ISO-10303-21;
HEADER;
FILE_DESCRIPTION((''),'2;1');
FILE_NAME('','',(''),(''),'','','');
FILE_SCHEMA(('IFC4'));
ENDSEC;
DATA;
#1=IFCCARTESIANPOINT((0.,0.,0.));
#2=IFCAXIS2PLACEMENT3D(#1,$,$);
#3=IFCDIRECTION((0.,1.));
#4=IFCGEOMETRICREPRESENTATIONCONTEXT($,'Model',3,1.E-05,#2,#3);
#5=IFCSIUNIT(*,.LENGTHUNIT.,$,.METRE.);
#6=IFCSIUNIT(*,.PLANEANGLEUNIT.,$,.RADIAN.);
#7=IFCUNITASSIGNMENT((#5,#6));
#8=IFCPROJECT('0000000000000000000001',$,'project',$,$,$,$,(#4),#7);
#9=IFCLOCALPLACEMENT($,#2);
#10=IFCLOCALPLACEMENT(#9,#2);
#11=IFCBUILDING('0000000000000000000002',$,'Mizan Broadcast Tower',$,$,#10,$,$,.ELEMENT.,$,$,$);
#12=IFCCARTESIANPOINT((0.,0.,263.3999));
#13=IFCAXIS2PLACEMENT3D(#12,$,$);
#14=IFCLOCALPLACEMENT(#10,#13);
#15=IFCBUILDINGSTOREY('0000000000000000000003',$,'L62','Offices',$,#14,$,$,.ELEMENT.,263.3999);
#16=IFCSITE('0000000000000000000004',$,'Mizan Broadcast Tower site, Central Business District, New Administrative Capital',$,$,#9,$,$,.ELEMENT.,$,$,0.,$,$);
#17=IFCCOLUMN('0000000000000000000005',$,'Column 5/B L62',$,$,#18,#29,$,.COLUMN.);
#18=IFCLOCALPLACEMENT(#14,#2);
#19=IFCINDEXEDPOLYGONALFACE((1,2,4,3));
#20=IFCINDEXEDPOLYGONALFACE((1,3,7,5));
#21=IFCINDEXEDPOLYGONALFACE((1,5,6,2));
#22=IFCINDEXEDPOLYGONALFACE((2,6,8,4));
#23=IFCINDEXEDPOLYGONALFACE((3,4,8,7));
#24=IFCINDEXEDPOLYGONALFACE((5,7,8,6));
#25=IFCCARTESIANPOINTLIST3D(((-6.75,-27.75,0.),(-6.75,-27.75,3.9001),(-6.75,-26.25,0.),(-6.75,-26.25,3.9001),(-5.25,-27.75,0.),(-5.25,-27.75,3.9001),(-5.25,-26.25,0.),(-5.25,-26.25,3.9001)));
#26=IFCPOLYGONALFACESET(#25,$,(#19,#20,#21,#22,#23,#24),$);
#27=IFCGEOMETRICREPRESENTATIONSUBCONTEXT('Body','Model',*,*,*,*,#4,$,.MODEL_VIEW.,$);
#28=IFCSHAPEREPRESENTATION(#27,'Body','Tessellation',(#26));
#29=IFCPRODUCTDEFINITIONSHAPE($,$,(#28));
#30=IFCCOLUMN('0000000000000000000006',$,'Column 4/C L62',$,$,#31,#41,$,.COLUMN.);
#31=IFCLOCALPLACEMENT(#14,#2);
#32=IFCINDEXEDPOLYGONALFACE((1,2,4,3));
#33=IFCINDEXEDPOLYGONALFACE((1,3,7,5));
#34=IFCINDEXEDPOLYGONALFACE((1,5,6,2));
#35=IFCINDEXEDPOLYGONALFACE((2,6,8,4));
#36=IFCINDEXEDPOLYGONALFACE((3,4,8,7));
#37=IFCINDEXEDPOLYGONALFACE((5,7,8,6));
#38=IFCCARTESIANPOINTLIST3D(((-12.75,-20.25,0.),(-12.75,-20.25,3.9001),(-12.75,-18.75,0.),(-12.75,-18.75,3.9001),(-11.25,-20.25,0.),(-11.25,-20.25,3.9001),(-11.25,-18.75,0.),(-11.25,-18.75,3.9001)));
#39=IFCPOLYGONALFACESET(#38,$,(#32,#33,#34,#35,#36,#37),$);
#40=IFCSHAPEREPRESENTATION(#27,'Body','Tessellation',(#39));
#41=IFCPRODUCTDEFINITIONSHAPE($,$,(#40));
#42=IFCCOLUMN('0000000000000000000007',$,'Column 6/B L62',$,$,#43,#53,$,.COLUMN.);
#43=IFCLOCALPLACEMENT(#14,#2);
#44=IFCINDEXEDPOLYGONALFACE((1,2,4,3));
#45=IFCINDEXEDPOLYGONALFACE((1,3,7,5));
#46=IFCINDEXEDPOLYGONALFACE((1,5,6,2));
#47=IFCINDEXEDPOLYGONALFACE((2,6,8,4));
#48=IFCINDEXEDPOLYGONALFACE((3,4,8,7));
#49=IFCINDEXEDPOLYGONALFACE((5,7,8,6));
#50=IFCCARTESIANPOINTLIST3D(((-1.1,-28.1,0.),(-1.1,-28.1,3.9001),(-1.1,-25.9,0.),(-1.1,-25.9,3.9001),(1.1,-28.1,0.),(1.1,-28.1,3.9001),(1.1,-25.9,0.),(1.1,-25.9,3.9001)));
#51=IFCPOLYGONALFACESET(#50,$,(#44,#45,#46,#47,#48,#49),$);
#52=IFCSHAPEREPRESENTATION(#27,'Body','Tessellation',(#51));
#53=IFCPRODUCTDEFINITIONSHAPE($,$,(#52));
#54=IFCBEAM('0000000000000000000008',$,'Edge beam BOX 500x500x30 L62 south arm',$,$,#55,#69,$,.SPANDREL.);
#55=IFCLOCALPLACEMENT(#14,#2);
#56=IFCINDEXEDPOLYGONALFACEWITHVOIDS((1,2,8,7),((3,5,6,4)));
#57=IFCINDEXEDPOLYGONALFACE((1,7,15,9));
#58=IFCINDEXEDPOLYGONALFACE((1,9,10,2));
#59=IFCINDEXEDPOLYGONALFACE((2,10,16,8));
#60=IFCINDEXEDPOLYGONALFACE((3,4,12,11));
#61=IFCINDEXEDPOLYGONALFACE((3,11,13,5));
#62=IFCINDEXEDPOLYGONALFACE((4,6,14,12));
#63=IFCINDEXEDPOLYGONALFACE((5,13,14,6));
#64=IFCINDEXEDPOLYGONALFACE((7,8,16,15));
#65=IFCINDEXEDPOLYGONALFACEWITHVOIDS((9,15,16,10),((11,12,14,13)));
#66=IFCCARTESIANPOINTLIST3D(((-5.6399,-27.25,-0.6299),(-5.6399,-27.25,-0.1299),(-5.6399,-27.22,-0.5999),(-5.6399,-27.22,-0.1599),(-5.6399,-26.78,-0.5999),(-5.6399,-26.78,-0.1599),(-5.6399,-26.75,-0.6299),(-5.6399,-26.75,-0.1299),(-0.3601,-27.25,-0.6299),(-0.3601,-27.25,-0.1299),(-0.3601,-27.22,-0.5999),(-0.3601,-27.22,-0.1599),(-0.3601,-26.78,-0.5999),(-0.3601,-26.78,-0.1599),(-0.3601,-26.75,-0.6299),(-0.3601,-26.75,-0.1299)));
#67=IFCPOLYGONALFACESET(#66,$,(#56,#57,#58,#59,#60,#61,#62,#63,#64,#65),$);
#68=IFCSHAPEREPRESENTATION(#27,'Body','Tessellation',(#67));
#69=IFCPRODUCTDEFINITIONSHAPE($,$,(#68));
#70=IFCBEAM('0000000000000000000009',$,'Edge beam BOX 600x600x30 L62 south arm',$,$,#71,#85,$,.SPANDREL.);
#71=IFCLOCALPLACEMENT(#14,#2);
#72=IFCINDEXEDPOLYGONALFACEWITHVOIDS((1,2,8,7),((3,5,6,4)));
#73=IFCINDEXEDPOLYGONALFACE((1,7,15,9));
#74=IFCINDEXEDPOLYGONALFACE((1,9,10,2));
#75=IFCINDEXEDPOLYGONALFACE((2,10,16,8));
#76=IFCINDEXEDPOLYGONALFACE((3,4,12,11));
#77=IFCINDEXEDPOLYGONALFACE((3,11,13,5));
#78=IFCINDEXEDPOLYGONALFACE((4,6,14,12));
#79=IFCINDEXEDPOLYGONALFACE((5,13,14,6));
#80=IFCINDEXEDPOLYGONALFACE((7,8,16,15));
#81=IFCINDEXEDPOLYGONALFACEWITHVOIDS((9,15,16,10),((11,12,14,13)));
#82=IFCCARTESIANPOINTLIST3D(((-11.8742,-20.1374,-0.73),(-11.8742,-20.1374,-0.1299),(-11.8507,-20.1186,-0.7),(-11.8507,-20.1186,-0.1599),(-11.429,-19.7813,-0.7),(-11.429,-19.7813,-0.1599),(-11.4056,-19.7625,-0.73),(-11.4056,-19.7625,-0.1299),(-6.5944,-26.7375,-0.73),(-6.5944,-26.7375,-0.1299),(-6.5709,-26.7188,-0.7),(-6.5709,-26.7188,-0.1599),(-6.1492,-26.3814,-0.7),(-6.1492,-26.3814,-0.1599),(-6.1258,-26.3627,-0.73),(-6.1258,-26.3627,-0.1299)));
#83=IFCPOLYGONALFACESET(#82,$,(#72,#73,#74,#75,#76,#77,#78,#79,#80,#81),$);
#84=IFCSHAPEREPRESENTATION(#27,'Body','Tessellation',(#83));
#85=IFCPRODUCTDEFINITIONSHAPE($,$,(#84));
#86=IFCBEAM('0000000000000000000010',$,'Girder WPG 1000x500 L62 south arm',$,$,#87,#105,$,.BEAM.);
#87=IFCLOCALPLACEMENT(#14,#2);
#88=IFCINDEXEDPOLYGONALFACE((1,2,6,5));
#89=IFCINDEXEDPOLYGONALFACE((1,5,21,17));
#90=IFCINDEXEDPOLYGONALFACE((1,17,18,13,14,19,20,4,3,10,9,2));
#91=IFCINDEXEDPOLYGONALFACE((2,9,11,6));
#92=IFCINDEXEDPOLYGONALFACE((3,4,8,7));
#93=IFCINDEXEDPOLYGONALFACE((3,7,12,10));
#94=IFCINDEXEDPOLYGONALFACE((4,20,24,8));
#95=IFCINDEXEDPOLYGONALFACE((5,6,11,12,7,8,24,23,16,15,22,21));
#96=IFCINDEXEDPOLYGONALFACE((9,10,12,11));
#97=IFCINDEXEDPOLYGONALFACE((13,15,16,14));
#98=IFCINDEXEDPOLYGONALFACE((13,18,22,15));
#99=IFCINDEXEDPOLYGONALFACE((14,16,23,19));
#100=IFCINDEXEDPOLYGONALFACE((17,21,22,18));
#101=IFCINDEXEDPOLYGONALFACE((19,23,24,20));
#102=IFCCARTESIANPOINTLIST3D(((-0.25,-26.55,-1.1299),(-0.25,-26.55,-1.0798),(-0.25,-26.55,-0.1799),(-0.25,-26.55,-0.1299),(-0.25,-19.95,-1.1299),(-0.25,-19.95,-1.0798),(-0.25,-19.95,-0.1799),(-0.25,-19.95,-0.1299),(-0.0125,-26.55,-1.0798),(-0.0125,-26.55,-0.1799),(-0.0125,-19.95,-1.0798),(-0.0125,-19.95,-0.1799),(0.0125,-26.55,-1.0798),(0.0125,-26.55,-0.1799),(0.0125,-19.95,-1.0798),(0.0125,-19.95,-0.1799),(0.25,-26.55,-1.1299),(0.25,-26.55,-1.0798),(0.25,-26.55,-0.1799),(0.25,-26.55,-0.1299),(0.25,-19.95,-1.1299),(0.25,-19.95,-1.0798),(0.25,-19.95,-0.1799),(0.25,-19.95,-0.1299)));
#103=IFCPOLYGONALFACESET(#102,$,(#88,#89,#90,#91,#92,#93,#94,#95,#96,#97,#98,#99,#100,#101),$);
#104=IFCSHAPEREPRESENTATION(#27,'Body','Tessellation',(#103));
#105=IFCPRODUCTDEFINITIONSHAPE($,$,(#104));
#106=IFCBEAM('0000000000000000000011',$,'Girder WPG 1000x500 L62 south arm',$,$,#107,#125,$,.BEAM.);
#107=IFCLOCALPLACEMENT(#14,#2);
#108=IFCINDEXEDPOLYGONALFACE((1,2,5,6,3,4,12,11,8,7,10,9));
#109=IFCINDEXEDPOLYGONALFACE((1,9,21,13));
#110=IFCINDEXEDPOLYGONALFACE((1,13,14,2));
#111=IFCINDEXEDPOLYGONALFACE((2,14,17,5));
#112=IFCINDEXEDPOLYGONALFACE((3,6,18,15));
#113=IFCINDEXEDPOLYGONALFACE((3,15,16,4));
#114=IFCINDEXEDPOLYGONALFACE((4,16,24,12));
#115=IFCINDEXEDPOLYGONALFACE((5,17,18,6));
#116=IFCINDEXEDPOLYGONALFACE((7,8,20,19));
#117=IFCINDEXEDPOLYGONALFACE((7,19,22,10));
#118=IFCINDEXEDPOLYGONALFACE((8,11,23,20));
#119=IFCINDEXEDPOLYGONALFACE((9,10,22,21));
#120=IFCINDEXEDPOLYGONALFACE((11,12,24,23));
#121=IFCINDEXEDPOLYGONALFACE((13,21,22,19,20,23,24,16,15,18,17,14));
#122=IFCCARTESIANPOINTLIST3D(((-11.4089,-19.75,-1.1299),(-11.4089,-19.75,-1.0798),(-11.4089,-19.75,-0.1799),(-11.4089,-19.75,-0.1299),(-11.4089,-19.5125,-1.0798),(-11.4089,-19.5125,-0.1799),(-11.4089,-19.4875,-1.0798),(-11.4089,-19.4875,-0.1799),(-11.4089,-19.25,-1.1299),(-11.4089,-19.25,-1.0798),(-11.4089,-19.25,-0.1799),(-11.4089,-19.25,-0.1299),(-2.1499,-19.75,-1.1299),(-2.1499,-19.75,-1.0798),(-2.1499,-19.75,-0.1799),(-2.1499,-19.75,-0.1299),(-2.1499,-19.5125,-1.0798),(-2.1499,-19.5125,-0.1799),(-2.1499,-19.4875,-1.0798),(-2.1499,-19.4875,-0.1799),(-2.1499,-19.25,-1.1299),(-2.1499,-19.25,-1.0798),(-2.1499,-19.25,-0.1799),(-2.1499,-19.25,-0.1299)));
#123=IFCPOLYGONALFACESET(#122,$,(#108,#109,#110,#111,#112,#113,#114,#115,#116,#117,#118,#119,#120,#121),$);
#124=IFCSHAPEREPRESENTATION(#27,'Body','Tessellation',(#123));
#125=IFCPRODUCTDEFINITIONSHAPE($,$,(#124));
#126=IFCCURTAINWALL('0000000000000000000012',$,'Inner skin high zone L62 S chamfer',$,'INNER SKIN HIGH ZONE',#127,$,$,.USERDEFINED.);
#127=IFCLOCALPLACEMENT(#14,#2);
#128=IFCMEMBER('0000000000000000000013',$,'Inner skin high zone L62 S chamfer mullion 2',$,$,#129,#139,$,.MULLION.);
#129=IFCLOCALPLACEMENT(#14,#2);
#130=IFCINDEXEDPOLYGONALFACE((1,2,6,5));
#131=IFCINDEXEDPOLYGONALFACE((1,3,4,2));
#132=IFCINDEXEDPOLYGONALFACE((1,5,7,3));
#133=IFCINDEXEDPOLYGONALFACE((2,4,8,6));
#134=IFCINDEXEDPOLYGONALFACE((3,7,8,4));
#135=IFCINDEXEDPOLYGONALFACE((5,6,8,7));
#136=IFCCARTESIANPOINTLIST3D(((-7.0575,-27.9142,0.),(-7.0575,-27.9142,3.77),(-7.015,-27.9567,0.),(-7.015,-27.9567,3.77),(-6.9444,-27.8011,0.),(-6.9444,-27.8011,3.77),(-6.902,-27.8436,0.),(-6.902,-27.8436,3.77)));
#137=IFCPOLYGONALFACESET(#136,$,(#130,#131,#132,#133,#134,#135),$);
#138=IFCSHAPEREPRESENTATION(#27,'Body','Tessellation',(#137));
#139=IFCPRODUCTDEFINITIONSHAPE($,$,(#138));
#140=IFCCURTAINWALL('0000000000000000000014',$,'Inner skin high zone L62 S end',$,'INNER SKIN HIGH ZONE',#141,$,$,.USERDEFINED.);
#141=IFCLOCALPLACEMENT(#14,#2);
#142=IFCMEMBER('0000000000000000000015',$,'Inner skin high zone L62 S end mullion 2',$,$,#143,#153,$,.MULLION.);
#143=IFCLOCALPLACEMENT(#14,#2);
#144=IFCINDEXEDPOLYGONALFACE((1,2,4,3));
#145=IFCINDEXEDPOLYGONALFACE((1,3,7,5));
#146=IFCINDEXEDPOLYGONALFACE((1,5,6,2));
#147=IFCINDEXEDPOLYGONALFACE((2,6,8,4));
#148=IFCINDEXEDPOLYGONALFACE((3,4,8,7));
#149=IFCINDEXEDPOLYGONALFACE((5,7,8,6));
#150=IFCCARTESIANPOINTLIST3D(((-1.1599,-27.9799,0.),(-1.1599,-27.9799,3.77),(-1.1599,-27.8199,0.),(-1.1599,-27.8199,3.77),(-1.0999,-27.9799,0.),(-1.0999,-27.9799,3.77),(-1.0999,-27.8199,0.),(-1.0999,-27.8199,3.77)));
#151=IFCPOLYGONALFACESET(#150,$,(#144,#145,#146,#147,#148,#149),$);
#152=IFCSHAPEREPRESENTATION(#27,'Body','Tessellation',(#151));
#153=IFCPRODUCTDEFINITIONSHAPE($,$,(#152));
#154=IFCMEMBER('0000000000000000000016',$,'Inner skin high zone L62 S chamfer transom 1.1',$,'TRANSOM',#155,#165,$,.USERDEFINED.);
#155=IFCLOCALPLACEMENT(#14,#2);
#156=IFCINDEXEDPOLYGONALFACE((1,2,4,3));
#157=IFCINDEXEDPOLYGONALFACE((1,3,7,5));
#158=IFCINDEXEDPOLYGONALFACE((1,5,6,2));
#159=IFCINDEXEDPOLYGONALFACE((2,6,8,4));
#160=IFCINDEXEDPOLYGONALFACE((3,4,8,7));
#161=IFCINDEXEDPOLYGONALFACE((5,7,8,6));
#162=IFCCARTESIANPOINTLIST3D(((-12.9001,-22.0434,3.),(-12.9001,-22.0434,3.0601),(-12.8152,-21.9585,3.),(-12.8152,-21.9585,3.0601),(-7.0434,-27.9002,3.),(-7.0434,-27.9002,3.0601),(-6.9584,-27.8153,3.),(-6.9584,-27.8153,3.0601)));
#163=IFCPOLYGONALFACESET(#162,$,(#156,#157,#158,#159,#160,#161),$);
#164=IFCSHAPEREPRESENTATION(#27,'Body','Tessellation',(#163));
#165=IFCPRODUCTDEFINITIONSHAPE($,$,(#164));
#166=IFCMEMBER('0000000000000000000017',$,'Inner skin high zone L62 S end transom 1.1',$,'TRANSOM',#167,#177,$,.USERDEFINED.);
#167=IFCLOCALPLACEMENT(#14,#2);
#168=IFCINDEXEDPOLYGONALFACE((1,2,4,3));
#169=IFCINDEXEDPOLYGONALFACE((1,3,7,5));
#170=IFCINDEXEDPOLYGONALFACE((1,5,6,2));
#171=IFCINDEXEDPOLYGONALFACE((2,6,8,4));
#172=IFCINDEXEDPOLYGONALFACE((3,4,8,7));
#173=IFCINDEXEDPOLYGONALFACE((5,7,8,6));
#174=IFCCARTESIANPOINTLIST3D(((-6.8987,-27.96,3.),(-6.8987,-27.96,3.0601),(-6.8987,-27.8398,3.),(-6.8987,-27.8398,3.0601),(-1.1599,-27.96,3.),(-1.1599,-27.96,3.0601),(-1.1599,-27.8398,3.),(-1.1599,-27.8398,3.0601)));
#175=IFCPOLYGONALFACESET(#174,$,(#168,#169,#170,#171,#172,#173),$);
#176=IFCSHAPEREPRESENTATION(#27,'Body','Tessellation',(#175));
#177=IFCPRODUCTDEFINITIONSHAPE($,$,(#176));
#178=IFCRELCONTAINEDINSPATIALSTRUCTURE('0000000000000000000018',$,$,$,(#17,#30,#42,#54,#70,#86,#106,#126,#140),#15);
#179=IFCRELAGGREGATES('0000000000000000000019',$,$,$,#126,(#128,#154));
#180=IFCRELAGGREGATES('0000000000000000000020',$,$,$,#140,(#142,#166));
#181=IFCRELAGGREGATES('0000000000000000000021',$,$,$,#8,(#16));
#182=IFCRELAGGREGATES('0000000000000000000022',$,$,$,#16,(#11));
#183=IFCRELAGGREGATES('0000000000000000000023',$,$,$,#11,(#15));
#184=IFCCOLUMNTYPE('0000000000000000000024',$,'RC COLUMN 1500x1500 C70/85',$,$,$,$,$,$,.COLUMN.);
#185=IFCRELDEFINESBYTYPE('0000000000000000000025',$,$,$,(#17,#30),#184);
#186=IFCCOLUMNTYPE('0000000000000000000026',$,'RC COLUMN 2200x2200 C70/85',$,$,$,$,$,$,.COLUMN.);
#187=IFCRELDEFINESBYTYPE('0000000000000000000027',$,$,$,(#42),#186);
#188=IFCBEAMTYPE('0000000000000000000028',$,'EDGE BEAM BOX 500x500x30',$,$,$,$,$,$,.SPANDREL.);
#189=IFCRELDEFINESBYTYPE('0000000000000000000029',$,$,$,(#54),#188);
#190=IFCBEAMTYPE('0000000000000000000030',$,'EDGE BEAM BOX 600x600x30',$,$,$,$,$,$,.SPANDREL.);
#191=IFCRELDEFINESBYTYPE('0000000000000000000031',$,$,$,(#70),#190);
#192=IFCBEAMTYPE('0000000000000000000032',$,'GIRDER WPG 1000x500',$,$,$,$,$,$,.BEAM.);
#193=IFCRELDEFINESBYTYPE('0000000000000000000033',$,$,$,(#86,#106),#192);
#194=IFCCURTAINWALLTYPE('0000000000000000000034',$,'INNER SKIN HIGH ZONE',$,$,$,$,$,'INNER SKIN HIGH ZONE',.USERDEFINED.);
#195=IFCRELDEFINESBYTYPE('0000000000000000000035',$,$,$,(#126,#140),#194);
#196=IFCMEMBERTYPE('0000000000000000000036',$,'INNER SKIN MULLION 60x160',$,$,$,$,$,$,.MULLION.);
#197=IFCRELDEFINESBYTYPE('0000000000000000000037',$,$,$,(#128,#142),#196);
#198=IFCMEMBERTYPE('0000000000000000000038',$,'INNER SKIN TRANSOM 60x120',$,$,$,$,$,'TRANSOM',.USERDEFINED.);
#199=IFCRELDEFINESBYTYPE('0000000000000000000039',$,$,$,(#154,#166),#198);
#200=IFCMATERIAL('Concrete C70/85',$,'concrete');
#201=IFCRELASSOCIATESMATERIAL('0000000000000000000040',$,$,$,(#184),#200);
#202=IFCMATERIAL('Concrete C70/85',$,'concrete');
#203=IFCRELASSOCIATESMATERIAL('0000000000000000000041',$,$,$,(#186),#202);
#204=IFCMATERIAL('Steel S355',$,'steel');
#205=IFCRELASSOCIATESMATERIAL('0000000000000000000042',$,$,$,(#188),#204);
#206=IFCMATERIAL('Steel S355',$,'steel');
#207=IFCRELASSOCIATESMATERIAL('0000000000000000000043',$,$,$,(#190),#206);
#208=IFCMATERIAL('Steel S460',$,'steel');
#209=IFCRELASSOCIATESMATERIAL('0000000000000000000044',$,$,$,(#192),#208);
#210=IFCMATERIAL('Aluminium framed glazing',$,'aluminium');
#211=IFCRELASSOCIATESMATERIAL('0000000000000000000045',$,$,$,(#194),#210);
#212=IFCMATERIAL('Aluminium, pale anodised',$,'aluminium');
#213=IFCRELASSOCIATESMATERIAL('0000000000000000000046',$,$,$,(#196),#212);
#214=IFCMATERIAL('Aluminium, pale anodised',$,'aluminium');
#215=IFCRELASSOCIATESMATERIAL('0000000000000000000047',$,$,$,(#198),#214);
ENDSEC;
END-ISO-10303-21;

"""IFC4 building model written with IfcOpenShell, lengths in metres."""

from ifc_helpers import new_model, si_unit, direction, frame, origin, origin_2d, place, context, subcontext, project, spatial, rectangle, hollow_rectangle, i_section, extrude, material, material_profile, profile_set, type_object, element, aggregate, save


model = new_model("IFC4")

# Units and contexts
model_context = context("Model", 3, precision=1e-05, world=origin(), true_north=direction((0.0, 1.0)))
body_context = subcontext(model_context, "Body", "Model", "MODEL_VIEW")
ifc_project = project(units=[si_unit("LENGTHUNIT", "METRE"), si_unit("PLANEANGLEUNIT", "RADIAN")], contexts=[model_context])

# Site, building, storey
site_placement = place(None, origin())
site = spatial("IfcSite", under=ifc_project, at=site_placement, Name="Mizan Broadcast Tower site, Central Business District, New Administrative Capital", CompositionType="ELEMENT", RefElevation=0.0)
building_placement = place(site_placement, origin())
building = spatial("IfcBuilding", under=site, at=building_placement, Name="Mizan Broadcast Tower", CompositionType="ELEMENT")
storey_placement = place(building_placement, frame((0.0, 0.0, 263.3999)))
storey = spatial("IfcBuildingStorey", under=building, at=storey_placement, Name="L62", Description="Offices", CompositionType="ELEMENT", Elevation=263.3999)

# Columns
ifc_material_1 = material(Name="Concrete C70/85", Category="concrete")
ifc_material_profile_1 = material_profile(ifc_material_1, rectangle(XDim=1.5, YDim=1.5, at=origin_2d()), Name="RC 1500x1500")
ifc_profile_set_1 = profile_set([ifc_material_profile_1], Name="Concrete C70/85")
column_type_1 = type_object("IfcColumnType", Name="RC COLUMN 1500x1500 C70/85", PredefinedType="COLUMN", material=ifc_profile_set_1)
for number, where, z_axis, x_axis, name in (
    (1, (-6.0, -27.0, 0.0), (0.0, 0.0, 1.0), (1.0, 0.0, 0.0), "Column 5/B L62"),
    (2, (-12.0, -19.5, 0.0), (0.0, 0.0, 1.0), (1.0, 0.0, 0.0), "Column 4/C L62"),
):
    element("IfcColumn", number, at=place(storey_placement, frame(where, z_axis=z_axis, x_axis=x_axis)), inside=storey, type_object=column_type_1, Name=name, PredefinedType="COLUMN", context=body_context, shape_type="SweptSolid", body=[
        extrude(rectangle(XDim=1.5, YDim=1.5, at=origin_2d()), origin(), (0.0, 0.0, 1.0), 3.9001),
    ])
ifc_material_2 = material(Name="Concrete C70/85", Category="concrete")
ifc_material_profile_2 = material_profile(ifc_material_2, rectangle(XDim=2.2, YDim=2.2, at=origin_2d()), Name="RC 2200x2200")
ifc_profile_set_2 = profile_set([ifc_material_profile_2], Name="Concrete C70/85")
column_type_2 = type_object("IfcColumnType", Name="RC COLUMN 2200x2200 C70/85", PredefinedType="COLUMN", material=ifc_profile_set_2)
column_placement = place(storey_placement, frame((0.0, -27.0, 0.0), z_axis=(0.0, 0.0, 1.0), x_axis=(1.0, 0.0, 0.0)))
element("IfcColumn", 3, at=column_placement, inside=storey, type_object=column_type_2, Name="Column 6/B L62", PredefinedType="COLUMN", context=body_context, shape_type="SweptSolid", body=[
    extrude(rectangle(XDim=2.2, YDim=2.2, at=origin_2d()), origin(), (0.0, 0.0, 1.0), 3.9001),
])

# Beams
ifc_material_3 = material(Name="Steel S355", Category="steel")
ifc_material_profile_3 = material_profile(ifc_material_3, hollow_rectangle(XDim=0.5, YDim=0.5, WallThickness=0.03, at=origin_2d()), Name="BOX 500x500x30")
ifc_profile_set_3 = profile_set([ifc_material_profile_3], Name="Steel S355")
beam_type_1 = type_object("IfcBeamType", Name="EDGE BEAM BOX 500x500x30", PredefinedType="SPANDREL", material=ifc_profile_set_3)
beam_1_placement = place(storey_placement, frame((-5.6399, -27.0, -0.3799), z_axis=(1.0, 0.0, 0.0), x_axis=(0.0, 1.0, 0.0)))
element("IfcBeam", 4, at=beam_1_placement, inside=storey, type_object=beam_type_1, Name="Edge beam BOX 500x500x30 L62 south arm", PredefinedType="SPANDREL", context=body_context, shape_type="SweptSolid", body=[
    extrude(hollow_rectangle(XDim=0.5, YDim=0.5, WallThickness=0.03, at=origin_2d()), origin(), (0.0, 0.0, 1.0), 5.2798),
])
ifc_material_4 = material(Name="Steel S355", Category="steel")
ifc_material_profile_4 = material_profile(ifc_material_4, hollow_rectangle(XDim=0.6001, YDim=0.6001, WallThickness=0.03, at=origin_2d()), Name="BOX 600x600x30")
ifc_profile_set_4 = profile_set([ifc_material_profile_4], Name="Steel S355")
beam_type_2 = type_object("IfcBeamType", Name="EDGE BEAM BOX 600x600x30", PredefinedType="SPANDREL", material=ifc_profile_set_4)
beam_2_placement = place(storey_placement, frame((-11.6399, -19.95, -0.4299), z_axis=(0.624674, -0.780886, 0.0), x_axis=(0.780886, 0.624674, 0.0)))
element("IfcBeam", 5, at=beam_2_placement, inside=storey, type_object=beam_type_2, Name="Edge beam BOX 600x600x30 L62 south arm", PredefinedType="SPANDREL", context=body_context, shape_type="SweptSolid", body=[
    extrude(hollow_rectangle(XDim=0.6001, YDim=0.6001, WallThickness=0.03, at=origin_2d()), origin(), (0.0, 0.0, 1.0), 8.4521),
])
ifc_material_5 = material(Name="Steel S460", Category="steel")
ifc_material_profile_5 = material_profile(ifc_material_5, i_section(OverallWidth=0.5, OverallDepth=1.0, WebThickness=0.0249, FlangeThickness=0.05, at=origin_2d()), Name="WPG 1000x500")
ifc_profile_set_5 = profile_set([ifc_material_profile_5], Name="Steel S460")
beam_type_3 = type_object("IfcBeamType", Name="GIRDER WPG 1000x500", PredefinedType="BEAM", material=ifc_profile_set_5)
beam_3_placement = place(storey_placement, frame((0.0, -19.95, -0.6299), z_axis=(0.0, -1.0, 0.0), x_axis=(1.0, 0.0, 0.0)))
element("IfcBeam", 6, at=beam_3_placement, inside=storey, type_object=beam_type_3, Name="Girder WPG 1000x500 L62 south arm", PredefinedType="BEAM", context=body_context, shape_type="SweptSolid", body=[
    extrude(i_section(OverallWidth=0.5, OverallDepth=1.0, WebThickness=0.0249, FlangeThickness=0.05, at=origin_2d()), origin(), (0.0, 0.0, 1.0), 6.6001),
])
beam_4_placement = place(storey_placement, frame((-11.4089, -19.5, -0.6299), z_axis=(1.0, 0.0, 0.0), x_axis=(0.0, 1.0, 0.0)))
element("IfcBeam", 7, at=beam_4_placement, inside=storey, type_object=beam_type_3, Name="Girder WPG 1000x500 L62 south arm", PredefinedType="BEAM", context=body_context, shape_type="SweptSolid", body=[
    extrude(i_section(OverallWidth=0.5, OverallDepth=1.0, WebThickness=0.0249, FlangeThickness=0.05, at=origin_2d()), origin(), (0.0, 0.0, 1.0), 9.259),
])

# Curtain walls, members
ifc_material_6 = material(Name="Aluminium framed glazing", Category="aluminium")
curtain_wall_type_1 = type_object("IfcCurtainWallType", Name="INNER SKIN HIGH ZONE", ElementType="INNER SKIN HIGH ZONE", PredefinedType="USERDEFINED", material=ifc_material_6)
curtain_wall_1_placement = place(storey_placement, origin())
curtain_wall_1 = element("IfcCurtainWall", 8, at=curtain_wall_1_placement, inside=storey, type_object=curtain_wall_type_1, Name="Inner skin high zone L62 S chamfer", ObjectType="INNER SKIN HIGH ZONE", PredefinedType="USERDEFINED")
ifc_material_7 = material(Name="Aluminium, pale anodised", Category="aluminium")
ifc_material_profile_6 = material_profile(ifc_material_7, rectangle(XDim=0.1599, YDim=0.0601, at=origin_2d()), Name="MULLION 160x60")
ifc_profile_set_6 = profile_set([ifc_material_profile_6], Name="Aluminium, pale anodised")
member_type_1 = type_object("IfcMemberType", Name="INNER SKIN MULLION 60x160", PredefinedType="MULLION", material=ifc_profile_set_6)
member_1_placement = place(storey_placement, frame((-6.9797, -27.8789, 0.0), z_axis=(0.0, 0.0, 1.0), x_axis=(0.707107, 0.707107, 0.0)))
member_1 = element("IfcMember", 9, at=member_1_placement, type_object=member_type_1, Name="Inner skin high zone L62 S chamfer mullion 2", PredefinedType="MULLION", context=body_context, shape_type="SweptSolid", body=[
    extrude(rectangle(XDim=0.1599, YDim=0.0601, at=origin_2d()), origin(), (0.0, 0.0, 1.0), 3.77),
])
curtain_wall_2_placement = place(storey_placement, origin())
curtain_wall_2 = element("IfcCurtainWall", 10, at=curtain_wall_2_placement, inside=storey, type_object=curtain_wall_type_1, Name="Inner skin high zone L62 S end", ObjectType="INNER SKIN HIGH ZONE", PredefinedType="USERDEFINED")
member_2_placement = place(storey_placement, frame((-1.1299, -27.8999, 0.0), z_axis=(0.0, 0.0, 1.0), x_axis=(0.0, 1.0, 0.0)))
member_2 = element("IfcMember", 11, at=member_2_placement, type_object=member_type_1, Name="Inner skin high zone L62 S end mullion 2", PredefinedType="MULLION", context=body_context, shape_type="SweptSolid", body=[
    extrude(rectangle(XDim=0.1599, YDim=0.0601, at=origin_2d()), origin(), (0.0, 0.0, 1.0), 3.77),
])

# Members
ifc_material_8 = material(Name="Aluminium, pale anodised", Category="aluminium")
ifc_material_profile_7 = material_profile(ifc_material_8, rectangle(XDim=0.1201, YDim=0.0601, at=origin_2d()), Name="TRANSOM 120x60")
ifc_profile_set_7 = profile_set([ifc_material_profile_7], Name="Aluminium, pale anodised")
member_type_2 = type_object("IfcMemberType", Name="INNER SKIN TRANSOM 60x120", ElementType="TRANSOM", PredefinedType="USERDEFINED", material=ifc_profile_set_7)
member_3_placement = place(storey_placement, frame((-12.8577, -22.001, 3.03), z_axis=(0.707107, -0.707107, 0.0), x_axis=(0.707107, 0.707107, 0.0)))
member_3 = element("IfcMember", 12, at=member_3_placement, type_object=member_type_2, Name="Inner skin high zone L62 S chamfer transom 1.1", ObjectType="TRANSOM", PredefinedType="USERDEFINED", context=body_context, shape_type="SweptSolid", body=[
    extrude(rectangle(XDim=0.1201, YDim=0.0601, at=origin_2d()), origin(), (0.0, 0.0, 1.0), 8.2827),
])
member_4_placement = place(storey_placement, frame((-6.8987, -27.8999, 3.03), z_axis=(1.0, 0.0, 0.0), x_axis=(0.0, 1.0, 0.0)))
member_4 = element("IfcMember", 13, at=member_4_placement, type_object=member_type_2, Name="Inner skin high zone L62 S end transom 1.1", ObjectType="TRANSOM", PredefinedType="USERDEFINED", context=body_context, shape_type="SweptSolid", body=[
    extrude(rectangle(XDim=0.1201, YDim=0.0601, at=origin_2d()), origin(), (0.0, 0.0, 1.0), 5.7388),
])

aggregate(curtain_wall_1, [member_1, member_3])
aggregate(curtain_wall_2, [member_2, member_4])

save(model, "model.ifc")
